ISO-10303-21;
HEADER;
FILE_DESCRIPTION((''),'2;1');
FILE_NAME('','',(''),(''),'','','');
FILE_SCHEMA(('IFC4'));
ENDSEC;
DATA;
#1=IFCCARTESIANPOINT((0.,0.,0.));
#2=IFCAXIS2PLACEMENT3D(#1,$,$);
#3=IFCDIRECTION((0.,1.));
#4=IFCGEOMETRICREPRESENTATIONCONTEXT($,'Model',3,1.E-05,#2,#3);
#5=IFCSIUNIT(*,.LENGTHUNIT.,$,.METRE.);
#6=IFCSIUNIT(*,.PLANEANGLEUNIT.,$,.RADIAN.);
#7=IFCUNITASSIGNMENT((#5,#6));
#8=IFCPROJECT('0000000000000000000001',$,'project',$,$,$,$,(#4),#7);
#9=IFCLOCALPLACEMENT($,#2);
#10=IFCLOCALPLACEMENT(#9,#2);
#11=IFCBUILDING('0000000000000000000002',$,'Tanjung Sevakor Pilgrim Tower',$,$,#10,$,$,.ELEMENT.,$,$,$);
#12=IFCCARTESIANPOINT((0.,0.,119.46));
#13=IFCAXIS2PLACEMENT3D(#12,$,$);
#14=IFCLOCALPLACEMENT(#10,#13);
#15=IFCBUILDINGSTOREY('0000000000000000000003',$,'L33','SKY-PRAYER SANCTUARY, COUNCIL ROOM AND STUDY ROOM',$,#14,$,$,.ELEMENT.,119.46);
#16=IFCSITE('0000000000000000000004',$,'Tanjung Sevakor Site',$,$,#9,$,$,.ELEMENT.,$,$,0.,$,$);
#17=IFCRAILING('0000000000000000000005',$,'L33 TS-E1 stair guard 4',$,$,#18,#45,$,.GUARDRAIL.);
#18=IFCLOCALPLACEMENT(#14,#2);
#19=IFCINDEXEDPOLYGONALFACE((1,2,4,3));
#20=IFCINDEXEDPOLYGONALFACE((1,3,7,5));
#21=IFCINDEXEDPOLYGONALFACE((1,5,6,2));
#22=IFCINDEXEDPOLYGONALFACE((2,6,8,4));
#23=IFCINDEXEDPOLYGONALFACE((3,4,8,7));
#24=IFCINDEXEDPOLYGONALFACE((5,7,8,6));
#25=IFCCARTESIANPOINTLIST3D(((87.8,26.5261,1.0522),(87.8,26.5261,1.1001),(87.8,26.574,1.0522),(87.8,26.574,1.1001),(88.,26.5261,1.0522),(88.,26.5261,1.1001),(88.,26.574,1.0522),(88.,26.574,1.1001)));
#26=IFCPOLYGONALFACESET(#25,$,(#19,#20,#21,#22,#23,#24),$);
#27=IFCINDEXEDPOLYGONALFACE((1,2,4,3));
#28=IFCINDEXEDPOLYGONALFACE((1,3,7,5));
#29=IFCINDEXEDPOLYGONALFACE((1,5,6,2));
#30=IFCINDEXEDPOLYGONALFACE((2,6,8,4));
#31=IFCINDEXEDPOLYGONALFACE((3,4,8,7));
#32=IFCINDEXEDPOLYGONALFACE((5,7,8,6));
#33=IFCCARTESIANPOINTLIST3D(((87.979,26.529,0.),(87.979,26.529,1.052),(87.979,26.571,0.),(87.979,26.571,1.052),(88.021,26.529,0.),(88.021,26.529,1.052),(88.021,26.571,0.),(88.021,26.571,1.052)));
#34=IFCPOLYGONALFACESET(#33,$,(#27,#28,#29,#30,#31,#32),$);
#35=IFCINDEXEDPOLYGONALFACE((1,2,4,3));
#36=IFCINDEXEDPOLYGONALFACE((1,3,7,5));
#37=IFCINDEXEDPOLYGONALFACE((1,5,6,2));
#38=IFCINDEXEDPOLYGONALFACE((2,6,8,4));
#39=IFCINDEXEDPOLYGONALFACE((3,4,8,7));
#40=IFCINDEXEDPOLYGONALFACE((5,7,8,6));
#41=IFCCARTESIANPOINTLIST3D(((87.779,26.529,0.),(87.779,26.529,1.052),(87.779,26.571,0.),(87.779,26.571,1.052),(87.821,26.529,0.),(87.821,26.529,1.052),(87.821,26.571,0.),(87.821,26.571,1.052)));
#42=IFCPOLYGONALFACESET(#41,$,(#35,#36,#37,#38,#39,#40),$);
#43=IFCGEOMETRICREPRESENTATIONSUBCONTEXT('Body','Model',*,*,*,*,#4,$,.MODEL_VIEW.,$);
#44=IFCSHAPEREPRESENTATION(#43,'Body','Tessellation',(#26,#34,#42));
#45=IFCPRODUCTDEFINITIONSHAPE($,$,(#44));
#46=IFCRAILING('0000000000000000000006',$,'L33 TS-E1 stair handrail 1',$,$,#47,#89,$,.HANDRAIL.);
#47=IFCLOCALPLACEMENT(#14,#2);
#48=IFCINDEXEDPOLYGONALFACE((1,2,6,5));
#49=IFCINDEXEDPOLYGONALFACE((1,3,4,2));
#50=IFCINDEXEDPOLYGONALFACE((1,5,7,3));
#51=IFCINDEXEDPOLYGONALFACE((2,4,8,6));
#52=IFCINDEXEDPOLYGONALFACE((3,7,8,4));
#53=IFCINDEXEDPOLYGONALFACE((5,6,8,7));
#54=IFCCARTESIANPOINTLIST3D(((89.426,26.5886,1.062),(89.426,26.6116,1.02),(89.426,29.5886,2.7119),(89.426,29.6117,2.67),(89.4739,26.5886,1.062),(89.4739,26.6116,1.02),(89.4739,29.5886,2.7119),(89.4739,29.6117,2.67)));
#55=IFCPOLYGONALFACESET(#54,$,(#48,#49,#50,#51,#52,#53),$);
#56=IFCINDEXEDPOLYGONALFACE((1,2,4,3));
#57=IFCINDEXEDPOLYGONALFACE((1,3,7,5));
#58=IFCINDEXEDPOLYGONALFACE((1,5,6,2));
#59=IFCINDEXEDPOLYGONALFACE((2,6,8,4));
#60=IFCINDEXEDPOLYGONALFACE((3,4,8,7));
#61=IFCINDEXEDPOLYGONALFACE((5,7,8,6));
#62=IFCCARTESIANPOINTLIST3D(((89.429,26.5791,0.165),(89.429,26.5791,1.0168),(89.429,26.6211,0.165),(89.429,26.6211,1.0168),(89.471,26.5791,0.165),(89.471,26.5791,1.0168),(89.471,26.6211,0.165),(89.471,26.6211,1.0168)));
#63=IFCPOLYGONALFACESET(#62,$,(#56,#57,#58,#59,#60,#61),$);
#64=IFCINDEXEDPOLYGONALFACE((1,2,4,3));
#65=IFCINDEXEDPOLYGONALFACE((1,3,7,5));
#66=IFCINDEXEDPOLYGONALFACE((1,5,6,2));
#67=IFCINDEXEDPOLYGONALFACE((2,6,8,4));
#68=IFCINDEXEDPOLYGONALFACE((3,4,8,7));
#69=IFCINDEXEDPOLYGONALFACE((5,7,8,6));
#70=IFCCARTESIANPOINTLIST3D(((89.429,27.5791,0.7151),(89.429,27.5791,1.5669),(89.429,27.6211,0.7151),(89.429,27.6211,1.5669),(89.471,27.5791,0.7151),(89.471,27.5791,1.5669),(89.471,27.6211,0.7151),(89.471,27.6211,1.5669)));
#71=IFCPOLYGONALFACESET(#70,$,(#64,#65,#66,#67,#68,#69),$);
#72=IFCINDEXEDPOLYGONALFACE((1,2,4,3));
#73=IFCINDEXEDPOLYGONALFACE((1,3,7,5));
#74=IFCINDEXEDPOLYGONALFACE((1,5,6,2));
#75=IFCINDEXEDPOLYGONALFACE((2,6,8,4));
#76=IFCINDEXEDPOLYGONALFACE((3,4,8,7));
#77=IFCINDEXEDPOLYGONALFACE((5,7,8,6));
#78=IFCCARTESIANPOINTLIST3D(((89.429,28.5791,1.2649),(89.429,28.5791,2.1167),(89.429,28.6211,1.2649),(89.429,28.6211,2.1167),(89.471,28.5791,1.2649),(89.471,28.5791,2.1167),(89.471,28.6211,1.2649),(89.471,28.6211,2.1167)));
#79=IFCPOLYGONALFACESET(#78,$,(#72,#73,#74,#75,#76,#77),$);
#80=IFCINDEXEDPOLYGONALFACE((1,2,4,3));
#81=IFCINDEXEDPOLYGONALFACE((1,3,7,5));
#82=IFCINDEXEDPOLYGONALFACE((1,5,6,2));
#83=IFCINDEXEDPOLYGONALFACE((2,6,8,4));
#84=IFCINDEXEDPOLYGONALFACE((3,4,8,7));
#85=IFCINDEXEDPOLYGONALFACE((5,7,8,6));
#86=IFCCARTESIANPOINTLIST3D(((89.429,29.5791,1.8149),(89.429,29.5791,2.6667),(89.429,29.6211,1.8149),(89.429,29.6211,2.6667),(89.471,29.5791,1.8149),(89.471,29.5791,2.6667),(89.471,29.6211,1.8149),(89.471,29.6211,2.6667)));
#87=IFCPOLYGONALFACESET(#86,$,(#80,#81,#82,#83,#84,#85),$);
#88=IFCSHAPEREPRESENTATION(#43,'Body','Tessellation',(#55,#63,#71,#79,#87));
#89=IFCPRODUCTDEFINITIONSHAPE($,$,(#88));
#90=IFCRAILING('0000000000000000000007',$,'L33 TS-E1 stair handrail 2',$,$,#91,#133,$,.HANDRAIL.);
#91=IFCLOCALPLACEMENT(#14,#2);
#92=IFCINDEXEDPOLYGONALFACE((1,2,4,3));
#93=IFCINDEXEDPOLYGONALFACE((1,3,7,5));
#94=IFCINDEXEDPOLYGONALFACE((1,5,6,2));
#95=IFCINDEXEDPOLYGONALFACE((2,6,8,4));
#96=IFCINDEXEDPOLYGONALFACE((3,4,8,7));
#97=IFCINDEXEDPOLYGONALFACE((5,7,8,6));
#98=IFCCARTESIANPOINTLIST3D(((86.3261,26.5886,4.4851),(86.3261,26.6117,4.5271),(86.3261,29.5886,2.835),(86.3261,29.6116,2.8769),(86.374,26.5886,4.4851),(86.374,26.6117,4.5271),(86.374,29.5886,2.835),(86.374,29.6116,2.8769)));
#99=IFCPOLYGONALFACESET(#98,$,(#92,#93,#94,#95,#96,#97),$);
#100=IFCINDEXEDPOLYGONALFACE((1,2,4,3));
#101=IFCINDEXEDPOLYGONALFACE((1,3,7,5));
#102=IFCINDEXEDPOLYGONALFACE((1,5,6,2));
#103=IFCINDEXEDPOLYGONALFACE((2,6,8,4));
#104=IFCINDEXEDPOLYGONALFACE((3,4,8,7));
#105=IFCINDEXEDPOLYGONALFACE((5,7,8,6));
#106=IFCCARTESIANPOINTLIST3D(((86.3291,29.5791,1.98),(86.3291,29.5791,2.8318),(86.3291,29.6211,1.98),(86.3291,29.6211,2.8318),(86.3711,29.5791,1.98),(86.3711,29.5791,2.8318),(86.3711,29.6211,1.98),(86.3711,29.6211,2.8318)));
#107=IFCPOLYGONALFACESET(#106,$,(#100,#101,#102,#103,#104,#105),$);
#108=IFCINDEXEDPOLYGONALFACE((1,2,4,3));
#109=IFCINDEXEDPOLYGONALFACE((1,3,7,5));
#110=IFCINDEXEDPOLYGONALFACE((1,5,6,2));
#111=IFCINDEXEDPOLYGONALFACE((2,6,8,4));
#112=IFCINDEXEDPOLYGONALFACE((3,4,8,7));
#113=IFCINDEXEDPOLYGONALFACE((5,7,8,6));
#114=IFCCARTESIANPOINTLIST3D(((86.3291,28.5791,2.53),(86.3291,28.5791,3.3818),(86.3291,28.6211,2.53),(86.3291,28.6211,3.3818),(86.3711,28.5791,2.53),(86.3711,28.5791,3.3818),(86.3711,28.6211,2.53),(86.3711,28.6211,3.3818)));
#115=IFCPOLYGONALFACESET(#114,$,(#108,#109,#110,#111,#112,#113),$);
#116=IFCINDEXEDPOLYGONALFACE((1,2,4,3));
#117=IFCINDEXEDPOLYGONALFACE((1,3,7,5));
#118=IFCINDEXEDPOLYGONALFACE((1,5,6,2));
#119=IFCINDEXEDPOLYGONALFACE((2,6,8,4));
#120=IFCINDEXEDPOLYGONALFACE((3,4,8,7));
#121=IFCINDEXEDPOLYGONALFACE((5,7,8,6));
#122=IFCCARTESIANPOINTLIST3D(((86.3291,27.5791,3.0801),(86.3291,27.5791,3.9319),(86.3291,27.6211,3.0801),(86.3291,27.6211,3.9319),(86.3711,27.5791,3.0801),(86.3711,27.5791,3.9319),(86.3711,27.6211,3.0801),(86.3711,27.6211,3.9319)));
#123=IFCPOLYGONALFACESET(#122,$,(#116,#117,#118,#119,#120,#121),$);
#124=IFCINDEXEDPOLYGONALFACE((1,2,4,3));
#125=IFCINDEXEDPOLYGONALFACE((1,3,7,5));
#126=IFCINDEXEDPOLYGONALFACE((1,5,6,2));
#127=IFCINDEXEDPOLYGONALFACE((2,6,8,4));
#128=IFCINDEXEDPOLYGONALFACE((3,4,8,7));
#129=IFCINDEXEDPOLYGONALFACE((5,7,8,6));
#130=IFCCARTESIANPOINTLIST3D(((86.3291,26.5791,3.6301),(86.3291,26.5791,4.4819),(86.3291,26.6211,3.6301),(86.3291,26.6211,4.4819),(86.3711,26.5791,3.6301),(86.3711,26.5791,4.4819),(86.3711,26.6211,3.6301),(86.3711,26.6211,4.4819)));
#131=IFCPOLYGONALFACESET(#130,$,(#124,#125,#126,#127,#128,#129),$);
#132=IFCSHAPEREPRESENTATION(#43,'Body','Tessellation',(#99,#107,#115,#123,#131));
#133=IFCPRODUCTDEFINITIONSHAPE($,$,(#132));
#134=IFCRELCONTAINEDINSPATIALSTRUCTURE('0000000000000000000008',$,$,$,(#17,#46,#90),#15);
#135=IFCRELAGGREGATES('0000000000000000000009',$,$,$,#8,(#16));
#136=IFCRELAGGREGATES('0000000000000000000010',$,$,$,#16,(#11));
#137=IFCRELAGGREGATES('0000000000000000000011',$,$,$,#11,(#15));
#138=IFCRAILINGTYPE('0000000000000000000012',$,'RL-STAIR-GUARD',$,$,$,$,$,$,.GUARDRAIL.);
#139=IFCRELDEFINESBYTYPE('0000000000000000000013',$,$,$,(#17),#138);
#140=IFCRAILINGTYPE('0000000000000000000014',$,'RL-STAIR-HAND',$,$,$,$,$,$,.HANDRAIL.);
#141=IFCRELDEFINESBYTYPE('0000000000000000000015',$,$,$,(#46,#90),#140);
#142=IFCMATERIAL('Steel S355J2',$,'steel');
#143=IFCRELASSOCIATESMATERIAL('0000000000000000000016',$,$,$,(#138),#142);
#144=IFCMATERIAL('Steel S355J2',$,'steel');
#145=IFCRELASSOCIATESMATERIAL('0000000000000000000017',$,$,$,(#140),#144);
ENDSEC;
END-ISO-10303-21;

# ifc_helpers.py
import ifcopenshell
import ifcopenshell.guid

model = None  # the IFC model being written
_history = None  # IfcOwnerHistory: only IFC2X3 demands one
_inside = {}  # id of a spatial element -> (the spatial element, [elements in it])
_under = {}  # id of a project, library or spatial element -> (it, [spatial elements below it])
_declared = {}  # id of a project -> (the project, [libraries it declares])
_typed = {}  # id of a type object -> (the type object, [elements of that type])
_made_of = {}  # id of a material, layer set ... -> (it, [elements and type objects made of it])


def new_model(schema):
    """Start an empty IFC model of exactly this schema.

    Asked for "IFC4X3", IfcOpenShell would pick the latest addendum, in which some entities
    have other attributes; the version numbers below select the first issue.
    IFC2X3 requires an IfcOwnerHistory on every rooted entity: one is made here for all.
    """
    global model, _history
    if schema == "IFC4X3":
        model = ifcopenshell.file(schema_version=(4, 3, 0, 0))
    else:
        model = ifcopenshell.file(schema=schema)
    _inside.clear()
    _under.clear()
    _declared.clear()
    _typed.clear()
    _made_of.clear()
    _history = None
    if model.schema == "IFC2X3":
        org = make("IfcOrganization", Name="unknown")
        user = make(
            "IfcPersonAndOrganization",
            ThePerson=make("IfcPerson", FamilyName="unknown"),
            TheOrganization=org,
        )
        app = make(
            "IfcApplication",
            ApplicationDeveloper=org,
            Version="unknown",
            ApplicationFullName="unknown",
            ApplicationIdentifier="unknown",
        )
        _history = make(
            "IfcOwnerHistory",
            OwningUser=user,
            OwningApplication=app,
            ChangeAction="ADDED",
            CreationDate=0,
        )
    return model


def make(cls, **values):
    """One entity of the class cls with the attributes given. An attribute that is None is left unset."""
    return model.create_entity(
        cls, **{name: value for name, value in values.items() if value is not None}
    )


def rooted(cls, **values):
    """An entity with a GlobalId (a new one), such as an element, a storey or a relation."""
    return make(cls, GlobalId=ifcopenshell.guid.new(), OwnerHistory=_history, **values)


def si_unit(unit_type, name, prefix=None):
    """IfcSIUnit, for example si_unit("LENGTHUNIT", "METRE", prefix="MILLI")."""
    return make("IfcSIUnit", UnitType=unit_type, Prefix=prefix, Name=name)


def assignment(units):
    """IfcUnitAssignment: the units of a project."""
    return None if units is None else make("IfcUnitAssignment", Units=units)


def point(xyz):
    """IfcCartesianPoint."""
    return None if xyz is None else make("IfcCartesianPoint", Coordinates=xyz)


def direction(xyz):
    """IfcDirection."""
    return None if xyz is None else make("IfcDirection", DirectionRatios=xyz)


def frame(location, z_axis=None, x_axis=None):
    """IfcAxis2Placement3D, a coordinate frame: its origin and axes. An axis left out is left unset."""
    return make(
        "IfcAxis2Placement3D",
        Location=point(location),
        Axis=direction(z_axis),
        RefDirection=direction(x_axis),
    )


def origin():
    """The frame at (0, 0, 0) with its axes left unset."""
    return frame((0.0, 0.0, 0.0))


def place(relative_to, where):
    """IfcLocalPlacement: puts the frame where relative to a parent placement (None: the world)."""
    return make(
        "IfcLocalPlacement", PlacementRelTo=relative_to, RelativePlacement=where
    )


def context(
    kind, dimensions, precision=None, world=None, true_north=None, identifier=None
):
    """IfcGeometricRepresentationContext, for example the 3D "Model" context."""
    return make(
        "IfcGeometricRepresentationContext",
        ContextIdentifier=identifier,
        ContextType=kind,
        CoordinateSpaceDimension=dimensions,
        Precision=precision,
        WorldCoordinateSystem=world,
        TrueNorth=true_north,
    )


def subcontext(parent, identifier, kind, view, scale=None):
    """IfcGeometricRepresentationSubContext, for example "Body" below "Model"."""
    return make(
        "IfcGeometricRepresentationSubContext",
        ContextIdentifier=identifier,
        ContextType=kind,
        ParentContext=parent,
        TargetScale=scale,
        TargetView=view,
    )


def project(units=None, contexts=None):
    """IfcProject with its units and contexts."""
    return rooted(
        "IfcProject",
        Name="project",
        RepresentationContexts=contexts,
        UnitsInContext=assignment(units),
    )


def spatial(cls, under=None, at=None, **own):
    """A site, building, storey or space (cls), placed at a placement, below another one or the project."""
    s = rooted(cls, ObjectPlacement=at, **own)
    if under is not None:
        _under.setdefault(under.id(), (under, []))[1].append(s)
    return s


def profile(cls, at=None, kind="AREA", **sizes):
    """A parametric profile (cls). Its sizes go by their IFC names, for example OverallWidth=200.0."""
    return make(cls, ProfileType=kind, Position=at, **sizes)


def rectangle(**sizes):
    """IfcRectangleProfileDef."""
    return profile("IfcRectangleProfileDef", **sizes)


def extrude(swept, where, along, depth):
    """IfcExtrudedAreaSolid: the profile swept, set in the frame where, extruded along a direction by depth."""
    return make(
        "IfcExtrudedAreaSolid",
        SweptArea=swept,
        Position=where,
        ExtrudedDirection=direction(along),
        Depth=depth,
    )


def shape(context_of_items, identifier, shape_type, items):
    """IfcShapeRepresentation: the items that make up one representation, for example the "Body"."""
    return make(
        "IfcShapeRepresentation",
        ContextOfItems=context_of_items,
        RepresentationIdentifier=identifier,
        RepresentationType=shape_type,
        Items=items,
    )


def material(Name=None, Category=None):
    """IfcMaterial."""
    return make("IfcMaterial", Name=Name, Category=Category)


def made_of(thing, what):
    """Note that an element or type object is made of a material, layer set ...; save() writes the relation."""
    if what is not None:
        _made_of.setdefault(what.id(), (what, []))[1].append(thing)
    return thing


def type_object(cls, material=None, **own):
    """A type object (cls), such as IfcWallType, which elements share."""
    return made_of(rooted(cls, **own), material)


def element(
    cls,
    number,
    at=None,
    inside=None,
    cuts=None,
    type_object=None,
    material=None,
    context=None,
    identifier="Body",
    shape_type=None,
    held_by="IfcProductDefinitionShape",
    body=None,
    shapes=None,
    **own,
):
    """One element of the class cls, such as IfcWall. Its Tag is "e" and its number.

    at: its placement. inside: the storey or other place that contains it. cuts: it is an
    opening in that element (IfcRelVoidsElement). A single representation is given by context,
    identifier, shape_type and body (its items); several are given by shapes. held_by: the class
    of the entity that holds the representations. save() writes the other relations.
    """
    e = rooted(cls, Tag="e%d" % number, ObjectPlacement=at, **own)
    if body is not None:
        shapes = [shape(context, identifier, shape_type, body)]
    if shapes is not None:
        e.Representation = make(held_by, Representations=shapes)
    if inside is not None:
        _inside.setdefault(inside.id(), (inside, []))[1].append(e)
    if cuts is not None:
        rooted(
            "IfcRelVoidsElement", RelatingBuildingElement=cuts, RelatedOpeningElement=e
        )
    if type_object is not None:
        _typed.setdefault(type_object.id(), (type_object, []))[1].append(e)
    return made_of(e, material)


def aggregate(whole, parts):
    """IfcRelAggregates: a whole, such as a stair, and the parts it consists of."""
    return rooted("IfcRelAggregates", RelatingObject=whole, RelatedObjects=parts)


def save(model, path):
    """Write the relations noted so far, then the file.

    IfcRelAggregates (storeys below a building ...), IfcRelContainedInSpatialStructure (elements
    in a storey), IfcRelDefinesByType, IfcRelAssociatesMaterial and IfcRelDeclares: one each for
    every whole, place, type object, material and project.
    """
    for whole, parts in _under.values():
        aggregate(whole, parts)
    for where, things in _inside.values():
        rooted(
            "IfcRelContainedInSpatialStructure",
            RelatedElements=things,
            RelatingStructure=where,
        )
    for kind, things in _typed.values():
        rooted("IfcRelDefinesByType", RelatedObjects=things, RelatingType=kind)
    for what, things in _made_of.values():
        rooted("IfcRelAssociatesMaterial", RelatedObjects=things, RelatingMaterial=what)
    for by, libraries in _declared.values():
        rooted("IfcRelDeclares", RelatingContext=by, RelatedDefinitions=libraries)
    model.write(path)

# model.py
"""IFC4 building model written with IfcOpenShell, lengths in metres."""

from ifc_helpers import new_model, si_unit, direction, frame, origin, place, context, subcontext, project, spatial, rectangle, extrude, material, type_object, element, save


model = new_model("IFC4")

# Units and contexts
model_context = context("Model", 3, precision=1e-05, world=origin(), true_north=direction((0.0, 1.0)))
body_context = subcontext(model_context, "Body", "Model", "MODEL_VIEW")
ifc_project = project(units=[si_unit("LENGTHUNIT", "METRE"), si_unit("PLANEANGLEUNIT", "RADIAN")], contexts=[model_context])

# Site, building, storey
site_placement = place(None, origin())
site = spatial("IfcSite", under=ifc_project, at=site_placement, Name="Tanjung Sevakor Site", CompositionType="ELEMENT", RefElevation=0.0)
building_placement = place(site_placement, origin())
building = spatial("IfcBuilding", under=site, at=building_placement, Name="Tanjung Sevakor Pilgrim Tower", CompositionType="ELEMENT")
storey_placement = place(building_placement, frame((0.0, 0.0, 119.46)))
storey = spatial("IfcBuildingStorey", under=building, at=storey_placement, Name="L33", Description="SKY-PRAYER SANCTUARY, COUNCIL ROOM AND STUDY ROOM", CompositionType="ELEMENT", Elevation=119.46)

# Railings
ifc_material_1 = material(Name="Steel S355J2", Category="steel")
railing_type_1 = type_object("IfcRailingType", Name="RL-STAIR-GUARD", PredefinedType="GUARDRAIL", material=ifc_material_1)
railing_1_placement = place(storey_placement, frame((88.0, 26.55, 0.0)))
element("IfcRailing", 1, at=railing_1_placement, inside=storey, type_object=railing_type_1, Name="L33 TS-E1 stair guard 4", PredefinedType="GUARDRAIL", context=body_context, shape_type="SweptSolid", body=[
    extrude(rectangle(XDim=0.0479, YDim=0.0479), frame((0.0, 0.0, 1.0762), z_axis=(-1.0, 0.0, 0.0), x_axis=(0.0, -1.0, 0.0)), (0.0, 0.0, 1.0), 0.2),
    extrude(rectangle(XDim=0.042, YDim=0.042), origin(), (0.0, 0.0, 1.0), 1.052),
    extrude(rectangle(XDim=0.042, YDim=0.042), frame((-0.2, 0.0, 0.0)), (0.0, 0.0, 1.0), 1.052),
])
ifc_material_2 = material(Name="Steel S355J2", Category="steel")
railing_type_2 = type_object("IfcRailingType", Name="RL-STAIR-HAND", PredefinedType="HANDRAIL", material=ifc_material_2)
railing_2_placement = place(storey_placement, frame((89.45, 26.6001, 0.165)))
element("IfcRailing", 2, at=railing_2_placement, inside=storey, type_object=railing_type_2, Name="L33 TS-E1 stair handrail 1", PredefinedType="HANDRAIL", context=body_context, shape_type="SweptSolid", body=[
    extrude(rectangle(XDim=0.0479, YDim=0.0479), frame((0.0, 0.0, 0.876), z_axis=(0.0, 0.876228, 0.481897), x_axis=(-1.0, 0.0, 0.0)), (0.0, 0.0, 1.0), 3.4238),
    extrude(rectangle(XDim=0.042, YDim=0.042), origin(), (0.0, 0.0, 1.0), 0.8518),
    extrude(rectangle(XDim=0.042, YDim=0.042), frame((0.0, 1.0, 0.55)), (0.0, 0.0, 1.0), 0.8518),
    extrude(rectangle(XDim=0.042, YDim=0.042), frame((0.0, 2.0, 1.0999)), (0.0, 0.0, 1.0), 0.8518),
    extrude(rectangle(XDim=0.042, YDim=0.042), frame((0.0, 3.0, 1.6499)), (0.0, 0.0, 1.0), 0.8518),
])
railing_3_placement = place(storey_placement, frame((86.3501, 29.6001, 1.98)))
element("IfcRailing", 3, at=railing_3_placement, inside=storey, type_object=railing_type_2, Name="L33 TS-E1 stair handrail 2", PredefinedType="HANDRAIL", context=body_context, shape_type="SweptSolid", body=[
    extrude(rectangle(XDim=0.0479, YDim=0.0479), frame((0.0, 0.0, 0.876), z_axis=(0.0, -0.876198, 0.481952), x_axis=(1.0, 0.0, 0.0)), (0.0, 0.0, 1.0), 3.4238),
    extrude(rectangle(XDim=0.042, YDim=0.042), origin(), (0.0, 0.0, 1.0), 0.8518),
    extrude(rectangle(XDim=0.042, YDim=0.042), frame((0.0, -1.0, 0.55)), (0.0, 0.0, 1.0), 0.8518),
    extrude(rectangle(XDim=0.042, YDim=0.042), frame((0.0, -2.0, 1.1001)), (0.0, 0.0, 1.0), 0.8518),
    extrude(rectangle(XDim=0.042, YDim=0.042), frame((0.0, -3.0, 1.6501)), (0.0, 0.0, 1.0), 0.8518),
])

save(model, "model.ifc")
